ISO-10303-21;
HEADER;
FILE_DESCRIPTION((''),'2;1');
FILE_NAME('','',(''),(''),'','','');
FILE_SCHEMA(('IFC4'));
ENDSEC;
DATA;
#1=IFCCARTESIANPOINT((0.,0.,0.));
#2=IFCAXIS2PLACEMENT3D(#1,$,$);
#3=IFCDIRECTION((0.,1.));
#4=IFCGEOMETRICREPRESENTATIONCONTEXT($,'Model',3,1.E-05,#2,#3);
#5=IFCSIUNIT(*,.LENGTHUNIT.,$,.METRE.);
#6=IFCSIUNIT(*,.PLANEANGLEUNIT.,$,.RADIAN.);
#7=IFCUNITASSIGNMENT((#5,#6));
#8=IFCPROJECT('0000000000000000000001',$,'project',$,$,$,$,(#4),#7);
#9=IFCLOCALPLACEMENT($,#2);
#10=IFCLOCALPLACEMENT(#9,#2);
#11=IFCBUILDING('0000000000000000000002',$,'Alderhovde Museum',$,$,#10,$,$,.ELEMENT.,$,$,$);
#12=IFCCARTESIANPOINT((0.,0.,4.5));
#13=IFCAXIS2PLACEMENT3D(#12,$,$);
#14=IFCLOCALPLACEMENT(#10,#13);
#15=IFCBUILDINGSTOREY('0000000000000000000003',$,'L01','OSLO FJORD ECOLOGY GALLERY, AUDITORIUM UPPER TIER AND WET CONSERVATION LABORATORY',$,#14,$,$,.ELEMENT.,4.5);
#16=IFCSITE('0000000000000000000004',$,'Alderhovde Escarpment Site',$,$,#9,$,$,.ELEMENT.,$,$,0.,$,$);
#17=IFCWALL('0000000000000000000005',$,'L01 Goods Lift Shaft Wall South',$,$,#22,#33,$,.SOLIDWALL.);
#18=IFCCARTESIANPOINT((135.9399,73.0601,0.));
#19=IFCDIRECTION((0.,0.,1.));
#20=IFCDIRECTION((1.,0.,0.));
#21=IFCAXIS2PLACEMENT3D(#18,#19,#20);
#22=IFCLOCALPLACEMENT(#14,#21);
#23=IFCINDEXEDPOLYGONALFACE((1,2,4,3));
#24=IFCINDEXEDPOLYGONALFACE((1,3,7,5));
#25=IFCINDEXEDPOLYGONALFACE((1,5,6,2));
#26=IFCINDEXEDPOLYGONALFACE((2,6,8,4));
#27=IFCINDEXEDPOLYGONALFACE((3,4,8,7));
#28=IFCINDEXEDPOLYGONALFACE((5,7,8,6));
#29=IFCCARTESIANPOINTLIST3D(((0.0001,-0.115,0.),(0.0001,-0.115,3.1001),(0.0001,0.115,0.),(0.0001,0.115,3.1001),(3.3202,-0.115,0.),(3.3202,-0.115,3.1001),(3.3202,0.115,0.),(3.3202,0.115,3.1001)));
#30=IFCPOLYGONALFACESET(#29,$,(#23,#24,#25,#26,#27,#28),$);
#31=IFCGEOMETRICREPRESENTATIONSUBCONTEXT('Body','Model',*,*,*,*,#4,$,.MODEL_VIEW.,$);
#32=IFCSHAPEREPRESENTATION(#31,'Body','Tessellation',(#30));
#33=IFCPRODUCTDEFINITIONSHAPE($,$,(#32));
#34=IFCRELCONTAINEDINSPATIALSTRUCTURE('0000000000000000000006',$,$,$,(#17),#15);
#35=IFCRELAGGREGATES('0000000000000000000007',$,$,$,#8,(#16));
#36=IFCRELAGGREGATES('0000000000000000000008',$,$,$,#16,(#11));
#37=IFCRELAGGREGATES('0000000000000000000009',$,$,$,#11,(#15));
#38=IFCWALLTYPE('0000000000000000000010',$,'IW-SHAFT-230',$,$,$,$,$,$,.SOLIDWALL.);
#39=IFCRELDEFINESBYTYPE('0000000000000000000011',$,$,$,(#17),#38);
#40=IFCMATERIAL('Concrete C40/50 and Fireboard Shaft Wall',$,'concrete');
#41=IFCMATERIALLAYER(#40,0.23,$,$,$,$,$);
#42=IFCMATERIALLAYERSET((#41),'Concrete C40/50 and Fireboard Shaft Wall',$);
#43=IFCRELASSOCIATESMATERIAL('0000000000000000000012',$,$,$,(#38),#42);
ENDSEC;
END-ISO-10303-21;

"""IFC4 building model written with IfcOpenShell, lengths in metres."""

from ifc_helpers import new_model, si_unit, direction, frame, frame_2d, origin, place, context, subcontext, project, spatial, rectangle, extrude, material, layer, layer_set, type_object, element, save


model = new_model("IFC4")

# Units and contexts
model_context = context("Model", 3, precision=1e-05, world=origin(), true_north=direction((0.0, 1.0)))
body_context = subcontext(model_context, "Body", "Model", "MODEL_VIEW")
ifc_project = project(units=[si_unit("LENGTHUNIT", "METRE"), si_unit("PLANEANGLEUNIT", "RADIAN")], contexts=[model_context])

# Site, building, storey
site_placement = place(None, origin())
site = spatial("IfcSite", under=ifc_project, at=site_placement, Name="Alderhovde Escarpment Site", CompositionType="ELEMENT", RefElevation=0.0)
building_placement = place(site_placement, origin())
building = spatial("IfcBuilding", under=site, at=building_placement, Name="Alderhovde Museum", CompositionType="ELEMENT")
storey_placement = place(building_placement, frame((0.0, 0.0, 4.5)))
storey = spatial("IfcBuildingStorey", under=building, at=storey_placement, Name="L01", Description="OSLO FJORD ECOLOGY GALLERY, AUDITORIUM UPPER TIER AND WET CONSERVATION LABORATORY", CompositionType="ELEMENT", Elevation=4.5)

# Wall
ifc_material_1 = material(Name="Concrete C40/50 and Fireboard Shaft Wall", Category="concrete")
ifc_layer_1 = layer(ifc_material_1, 0.23)
ifc_layer_set_1 = layer_set([ifc_layer_1], Name="Concrete C40/50 and Fireboard Shaft Wall")
wall_type_1 = type_object("IfcWallType", Name="IW-SHAFT-230", PredefinedType="SOLIDWALL", material=ifc_layer_set_1)
wall_1_placement = place(storey_placement, frame((135.9399, 73.0601, 0.0), z_axis=(0.0, 0.0, 1.0), x_axis=(1.0, 0.0, 0.0)))
element("IfcWall", 1, at=wall_1_placement, inside=storey, type_object=wall_type_1, Name="L01 Goods Lift Shaft Wall South", PredefinedType="SOLIDWALL", context=body_context, shape_type="SweptSolid", body=[
    extrude(rectangle(XDim=3.3201, YDim=0.23, at=frame_2d((1.6602, 0.0))), origin(), (0.0, 0.0, 1.0), 3.1001),
])

save(model, "model.ifc")
